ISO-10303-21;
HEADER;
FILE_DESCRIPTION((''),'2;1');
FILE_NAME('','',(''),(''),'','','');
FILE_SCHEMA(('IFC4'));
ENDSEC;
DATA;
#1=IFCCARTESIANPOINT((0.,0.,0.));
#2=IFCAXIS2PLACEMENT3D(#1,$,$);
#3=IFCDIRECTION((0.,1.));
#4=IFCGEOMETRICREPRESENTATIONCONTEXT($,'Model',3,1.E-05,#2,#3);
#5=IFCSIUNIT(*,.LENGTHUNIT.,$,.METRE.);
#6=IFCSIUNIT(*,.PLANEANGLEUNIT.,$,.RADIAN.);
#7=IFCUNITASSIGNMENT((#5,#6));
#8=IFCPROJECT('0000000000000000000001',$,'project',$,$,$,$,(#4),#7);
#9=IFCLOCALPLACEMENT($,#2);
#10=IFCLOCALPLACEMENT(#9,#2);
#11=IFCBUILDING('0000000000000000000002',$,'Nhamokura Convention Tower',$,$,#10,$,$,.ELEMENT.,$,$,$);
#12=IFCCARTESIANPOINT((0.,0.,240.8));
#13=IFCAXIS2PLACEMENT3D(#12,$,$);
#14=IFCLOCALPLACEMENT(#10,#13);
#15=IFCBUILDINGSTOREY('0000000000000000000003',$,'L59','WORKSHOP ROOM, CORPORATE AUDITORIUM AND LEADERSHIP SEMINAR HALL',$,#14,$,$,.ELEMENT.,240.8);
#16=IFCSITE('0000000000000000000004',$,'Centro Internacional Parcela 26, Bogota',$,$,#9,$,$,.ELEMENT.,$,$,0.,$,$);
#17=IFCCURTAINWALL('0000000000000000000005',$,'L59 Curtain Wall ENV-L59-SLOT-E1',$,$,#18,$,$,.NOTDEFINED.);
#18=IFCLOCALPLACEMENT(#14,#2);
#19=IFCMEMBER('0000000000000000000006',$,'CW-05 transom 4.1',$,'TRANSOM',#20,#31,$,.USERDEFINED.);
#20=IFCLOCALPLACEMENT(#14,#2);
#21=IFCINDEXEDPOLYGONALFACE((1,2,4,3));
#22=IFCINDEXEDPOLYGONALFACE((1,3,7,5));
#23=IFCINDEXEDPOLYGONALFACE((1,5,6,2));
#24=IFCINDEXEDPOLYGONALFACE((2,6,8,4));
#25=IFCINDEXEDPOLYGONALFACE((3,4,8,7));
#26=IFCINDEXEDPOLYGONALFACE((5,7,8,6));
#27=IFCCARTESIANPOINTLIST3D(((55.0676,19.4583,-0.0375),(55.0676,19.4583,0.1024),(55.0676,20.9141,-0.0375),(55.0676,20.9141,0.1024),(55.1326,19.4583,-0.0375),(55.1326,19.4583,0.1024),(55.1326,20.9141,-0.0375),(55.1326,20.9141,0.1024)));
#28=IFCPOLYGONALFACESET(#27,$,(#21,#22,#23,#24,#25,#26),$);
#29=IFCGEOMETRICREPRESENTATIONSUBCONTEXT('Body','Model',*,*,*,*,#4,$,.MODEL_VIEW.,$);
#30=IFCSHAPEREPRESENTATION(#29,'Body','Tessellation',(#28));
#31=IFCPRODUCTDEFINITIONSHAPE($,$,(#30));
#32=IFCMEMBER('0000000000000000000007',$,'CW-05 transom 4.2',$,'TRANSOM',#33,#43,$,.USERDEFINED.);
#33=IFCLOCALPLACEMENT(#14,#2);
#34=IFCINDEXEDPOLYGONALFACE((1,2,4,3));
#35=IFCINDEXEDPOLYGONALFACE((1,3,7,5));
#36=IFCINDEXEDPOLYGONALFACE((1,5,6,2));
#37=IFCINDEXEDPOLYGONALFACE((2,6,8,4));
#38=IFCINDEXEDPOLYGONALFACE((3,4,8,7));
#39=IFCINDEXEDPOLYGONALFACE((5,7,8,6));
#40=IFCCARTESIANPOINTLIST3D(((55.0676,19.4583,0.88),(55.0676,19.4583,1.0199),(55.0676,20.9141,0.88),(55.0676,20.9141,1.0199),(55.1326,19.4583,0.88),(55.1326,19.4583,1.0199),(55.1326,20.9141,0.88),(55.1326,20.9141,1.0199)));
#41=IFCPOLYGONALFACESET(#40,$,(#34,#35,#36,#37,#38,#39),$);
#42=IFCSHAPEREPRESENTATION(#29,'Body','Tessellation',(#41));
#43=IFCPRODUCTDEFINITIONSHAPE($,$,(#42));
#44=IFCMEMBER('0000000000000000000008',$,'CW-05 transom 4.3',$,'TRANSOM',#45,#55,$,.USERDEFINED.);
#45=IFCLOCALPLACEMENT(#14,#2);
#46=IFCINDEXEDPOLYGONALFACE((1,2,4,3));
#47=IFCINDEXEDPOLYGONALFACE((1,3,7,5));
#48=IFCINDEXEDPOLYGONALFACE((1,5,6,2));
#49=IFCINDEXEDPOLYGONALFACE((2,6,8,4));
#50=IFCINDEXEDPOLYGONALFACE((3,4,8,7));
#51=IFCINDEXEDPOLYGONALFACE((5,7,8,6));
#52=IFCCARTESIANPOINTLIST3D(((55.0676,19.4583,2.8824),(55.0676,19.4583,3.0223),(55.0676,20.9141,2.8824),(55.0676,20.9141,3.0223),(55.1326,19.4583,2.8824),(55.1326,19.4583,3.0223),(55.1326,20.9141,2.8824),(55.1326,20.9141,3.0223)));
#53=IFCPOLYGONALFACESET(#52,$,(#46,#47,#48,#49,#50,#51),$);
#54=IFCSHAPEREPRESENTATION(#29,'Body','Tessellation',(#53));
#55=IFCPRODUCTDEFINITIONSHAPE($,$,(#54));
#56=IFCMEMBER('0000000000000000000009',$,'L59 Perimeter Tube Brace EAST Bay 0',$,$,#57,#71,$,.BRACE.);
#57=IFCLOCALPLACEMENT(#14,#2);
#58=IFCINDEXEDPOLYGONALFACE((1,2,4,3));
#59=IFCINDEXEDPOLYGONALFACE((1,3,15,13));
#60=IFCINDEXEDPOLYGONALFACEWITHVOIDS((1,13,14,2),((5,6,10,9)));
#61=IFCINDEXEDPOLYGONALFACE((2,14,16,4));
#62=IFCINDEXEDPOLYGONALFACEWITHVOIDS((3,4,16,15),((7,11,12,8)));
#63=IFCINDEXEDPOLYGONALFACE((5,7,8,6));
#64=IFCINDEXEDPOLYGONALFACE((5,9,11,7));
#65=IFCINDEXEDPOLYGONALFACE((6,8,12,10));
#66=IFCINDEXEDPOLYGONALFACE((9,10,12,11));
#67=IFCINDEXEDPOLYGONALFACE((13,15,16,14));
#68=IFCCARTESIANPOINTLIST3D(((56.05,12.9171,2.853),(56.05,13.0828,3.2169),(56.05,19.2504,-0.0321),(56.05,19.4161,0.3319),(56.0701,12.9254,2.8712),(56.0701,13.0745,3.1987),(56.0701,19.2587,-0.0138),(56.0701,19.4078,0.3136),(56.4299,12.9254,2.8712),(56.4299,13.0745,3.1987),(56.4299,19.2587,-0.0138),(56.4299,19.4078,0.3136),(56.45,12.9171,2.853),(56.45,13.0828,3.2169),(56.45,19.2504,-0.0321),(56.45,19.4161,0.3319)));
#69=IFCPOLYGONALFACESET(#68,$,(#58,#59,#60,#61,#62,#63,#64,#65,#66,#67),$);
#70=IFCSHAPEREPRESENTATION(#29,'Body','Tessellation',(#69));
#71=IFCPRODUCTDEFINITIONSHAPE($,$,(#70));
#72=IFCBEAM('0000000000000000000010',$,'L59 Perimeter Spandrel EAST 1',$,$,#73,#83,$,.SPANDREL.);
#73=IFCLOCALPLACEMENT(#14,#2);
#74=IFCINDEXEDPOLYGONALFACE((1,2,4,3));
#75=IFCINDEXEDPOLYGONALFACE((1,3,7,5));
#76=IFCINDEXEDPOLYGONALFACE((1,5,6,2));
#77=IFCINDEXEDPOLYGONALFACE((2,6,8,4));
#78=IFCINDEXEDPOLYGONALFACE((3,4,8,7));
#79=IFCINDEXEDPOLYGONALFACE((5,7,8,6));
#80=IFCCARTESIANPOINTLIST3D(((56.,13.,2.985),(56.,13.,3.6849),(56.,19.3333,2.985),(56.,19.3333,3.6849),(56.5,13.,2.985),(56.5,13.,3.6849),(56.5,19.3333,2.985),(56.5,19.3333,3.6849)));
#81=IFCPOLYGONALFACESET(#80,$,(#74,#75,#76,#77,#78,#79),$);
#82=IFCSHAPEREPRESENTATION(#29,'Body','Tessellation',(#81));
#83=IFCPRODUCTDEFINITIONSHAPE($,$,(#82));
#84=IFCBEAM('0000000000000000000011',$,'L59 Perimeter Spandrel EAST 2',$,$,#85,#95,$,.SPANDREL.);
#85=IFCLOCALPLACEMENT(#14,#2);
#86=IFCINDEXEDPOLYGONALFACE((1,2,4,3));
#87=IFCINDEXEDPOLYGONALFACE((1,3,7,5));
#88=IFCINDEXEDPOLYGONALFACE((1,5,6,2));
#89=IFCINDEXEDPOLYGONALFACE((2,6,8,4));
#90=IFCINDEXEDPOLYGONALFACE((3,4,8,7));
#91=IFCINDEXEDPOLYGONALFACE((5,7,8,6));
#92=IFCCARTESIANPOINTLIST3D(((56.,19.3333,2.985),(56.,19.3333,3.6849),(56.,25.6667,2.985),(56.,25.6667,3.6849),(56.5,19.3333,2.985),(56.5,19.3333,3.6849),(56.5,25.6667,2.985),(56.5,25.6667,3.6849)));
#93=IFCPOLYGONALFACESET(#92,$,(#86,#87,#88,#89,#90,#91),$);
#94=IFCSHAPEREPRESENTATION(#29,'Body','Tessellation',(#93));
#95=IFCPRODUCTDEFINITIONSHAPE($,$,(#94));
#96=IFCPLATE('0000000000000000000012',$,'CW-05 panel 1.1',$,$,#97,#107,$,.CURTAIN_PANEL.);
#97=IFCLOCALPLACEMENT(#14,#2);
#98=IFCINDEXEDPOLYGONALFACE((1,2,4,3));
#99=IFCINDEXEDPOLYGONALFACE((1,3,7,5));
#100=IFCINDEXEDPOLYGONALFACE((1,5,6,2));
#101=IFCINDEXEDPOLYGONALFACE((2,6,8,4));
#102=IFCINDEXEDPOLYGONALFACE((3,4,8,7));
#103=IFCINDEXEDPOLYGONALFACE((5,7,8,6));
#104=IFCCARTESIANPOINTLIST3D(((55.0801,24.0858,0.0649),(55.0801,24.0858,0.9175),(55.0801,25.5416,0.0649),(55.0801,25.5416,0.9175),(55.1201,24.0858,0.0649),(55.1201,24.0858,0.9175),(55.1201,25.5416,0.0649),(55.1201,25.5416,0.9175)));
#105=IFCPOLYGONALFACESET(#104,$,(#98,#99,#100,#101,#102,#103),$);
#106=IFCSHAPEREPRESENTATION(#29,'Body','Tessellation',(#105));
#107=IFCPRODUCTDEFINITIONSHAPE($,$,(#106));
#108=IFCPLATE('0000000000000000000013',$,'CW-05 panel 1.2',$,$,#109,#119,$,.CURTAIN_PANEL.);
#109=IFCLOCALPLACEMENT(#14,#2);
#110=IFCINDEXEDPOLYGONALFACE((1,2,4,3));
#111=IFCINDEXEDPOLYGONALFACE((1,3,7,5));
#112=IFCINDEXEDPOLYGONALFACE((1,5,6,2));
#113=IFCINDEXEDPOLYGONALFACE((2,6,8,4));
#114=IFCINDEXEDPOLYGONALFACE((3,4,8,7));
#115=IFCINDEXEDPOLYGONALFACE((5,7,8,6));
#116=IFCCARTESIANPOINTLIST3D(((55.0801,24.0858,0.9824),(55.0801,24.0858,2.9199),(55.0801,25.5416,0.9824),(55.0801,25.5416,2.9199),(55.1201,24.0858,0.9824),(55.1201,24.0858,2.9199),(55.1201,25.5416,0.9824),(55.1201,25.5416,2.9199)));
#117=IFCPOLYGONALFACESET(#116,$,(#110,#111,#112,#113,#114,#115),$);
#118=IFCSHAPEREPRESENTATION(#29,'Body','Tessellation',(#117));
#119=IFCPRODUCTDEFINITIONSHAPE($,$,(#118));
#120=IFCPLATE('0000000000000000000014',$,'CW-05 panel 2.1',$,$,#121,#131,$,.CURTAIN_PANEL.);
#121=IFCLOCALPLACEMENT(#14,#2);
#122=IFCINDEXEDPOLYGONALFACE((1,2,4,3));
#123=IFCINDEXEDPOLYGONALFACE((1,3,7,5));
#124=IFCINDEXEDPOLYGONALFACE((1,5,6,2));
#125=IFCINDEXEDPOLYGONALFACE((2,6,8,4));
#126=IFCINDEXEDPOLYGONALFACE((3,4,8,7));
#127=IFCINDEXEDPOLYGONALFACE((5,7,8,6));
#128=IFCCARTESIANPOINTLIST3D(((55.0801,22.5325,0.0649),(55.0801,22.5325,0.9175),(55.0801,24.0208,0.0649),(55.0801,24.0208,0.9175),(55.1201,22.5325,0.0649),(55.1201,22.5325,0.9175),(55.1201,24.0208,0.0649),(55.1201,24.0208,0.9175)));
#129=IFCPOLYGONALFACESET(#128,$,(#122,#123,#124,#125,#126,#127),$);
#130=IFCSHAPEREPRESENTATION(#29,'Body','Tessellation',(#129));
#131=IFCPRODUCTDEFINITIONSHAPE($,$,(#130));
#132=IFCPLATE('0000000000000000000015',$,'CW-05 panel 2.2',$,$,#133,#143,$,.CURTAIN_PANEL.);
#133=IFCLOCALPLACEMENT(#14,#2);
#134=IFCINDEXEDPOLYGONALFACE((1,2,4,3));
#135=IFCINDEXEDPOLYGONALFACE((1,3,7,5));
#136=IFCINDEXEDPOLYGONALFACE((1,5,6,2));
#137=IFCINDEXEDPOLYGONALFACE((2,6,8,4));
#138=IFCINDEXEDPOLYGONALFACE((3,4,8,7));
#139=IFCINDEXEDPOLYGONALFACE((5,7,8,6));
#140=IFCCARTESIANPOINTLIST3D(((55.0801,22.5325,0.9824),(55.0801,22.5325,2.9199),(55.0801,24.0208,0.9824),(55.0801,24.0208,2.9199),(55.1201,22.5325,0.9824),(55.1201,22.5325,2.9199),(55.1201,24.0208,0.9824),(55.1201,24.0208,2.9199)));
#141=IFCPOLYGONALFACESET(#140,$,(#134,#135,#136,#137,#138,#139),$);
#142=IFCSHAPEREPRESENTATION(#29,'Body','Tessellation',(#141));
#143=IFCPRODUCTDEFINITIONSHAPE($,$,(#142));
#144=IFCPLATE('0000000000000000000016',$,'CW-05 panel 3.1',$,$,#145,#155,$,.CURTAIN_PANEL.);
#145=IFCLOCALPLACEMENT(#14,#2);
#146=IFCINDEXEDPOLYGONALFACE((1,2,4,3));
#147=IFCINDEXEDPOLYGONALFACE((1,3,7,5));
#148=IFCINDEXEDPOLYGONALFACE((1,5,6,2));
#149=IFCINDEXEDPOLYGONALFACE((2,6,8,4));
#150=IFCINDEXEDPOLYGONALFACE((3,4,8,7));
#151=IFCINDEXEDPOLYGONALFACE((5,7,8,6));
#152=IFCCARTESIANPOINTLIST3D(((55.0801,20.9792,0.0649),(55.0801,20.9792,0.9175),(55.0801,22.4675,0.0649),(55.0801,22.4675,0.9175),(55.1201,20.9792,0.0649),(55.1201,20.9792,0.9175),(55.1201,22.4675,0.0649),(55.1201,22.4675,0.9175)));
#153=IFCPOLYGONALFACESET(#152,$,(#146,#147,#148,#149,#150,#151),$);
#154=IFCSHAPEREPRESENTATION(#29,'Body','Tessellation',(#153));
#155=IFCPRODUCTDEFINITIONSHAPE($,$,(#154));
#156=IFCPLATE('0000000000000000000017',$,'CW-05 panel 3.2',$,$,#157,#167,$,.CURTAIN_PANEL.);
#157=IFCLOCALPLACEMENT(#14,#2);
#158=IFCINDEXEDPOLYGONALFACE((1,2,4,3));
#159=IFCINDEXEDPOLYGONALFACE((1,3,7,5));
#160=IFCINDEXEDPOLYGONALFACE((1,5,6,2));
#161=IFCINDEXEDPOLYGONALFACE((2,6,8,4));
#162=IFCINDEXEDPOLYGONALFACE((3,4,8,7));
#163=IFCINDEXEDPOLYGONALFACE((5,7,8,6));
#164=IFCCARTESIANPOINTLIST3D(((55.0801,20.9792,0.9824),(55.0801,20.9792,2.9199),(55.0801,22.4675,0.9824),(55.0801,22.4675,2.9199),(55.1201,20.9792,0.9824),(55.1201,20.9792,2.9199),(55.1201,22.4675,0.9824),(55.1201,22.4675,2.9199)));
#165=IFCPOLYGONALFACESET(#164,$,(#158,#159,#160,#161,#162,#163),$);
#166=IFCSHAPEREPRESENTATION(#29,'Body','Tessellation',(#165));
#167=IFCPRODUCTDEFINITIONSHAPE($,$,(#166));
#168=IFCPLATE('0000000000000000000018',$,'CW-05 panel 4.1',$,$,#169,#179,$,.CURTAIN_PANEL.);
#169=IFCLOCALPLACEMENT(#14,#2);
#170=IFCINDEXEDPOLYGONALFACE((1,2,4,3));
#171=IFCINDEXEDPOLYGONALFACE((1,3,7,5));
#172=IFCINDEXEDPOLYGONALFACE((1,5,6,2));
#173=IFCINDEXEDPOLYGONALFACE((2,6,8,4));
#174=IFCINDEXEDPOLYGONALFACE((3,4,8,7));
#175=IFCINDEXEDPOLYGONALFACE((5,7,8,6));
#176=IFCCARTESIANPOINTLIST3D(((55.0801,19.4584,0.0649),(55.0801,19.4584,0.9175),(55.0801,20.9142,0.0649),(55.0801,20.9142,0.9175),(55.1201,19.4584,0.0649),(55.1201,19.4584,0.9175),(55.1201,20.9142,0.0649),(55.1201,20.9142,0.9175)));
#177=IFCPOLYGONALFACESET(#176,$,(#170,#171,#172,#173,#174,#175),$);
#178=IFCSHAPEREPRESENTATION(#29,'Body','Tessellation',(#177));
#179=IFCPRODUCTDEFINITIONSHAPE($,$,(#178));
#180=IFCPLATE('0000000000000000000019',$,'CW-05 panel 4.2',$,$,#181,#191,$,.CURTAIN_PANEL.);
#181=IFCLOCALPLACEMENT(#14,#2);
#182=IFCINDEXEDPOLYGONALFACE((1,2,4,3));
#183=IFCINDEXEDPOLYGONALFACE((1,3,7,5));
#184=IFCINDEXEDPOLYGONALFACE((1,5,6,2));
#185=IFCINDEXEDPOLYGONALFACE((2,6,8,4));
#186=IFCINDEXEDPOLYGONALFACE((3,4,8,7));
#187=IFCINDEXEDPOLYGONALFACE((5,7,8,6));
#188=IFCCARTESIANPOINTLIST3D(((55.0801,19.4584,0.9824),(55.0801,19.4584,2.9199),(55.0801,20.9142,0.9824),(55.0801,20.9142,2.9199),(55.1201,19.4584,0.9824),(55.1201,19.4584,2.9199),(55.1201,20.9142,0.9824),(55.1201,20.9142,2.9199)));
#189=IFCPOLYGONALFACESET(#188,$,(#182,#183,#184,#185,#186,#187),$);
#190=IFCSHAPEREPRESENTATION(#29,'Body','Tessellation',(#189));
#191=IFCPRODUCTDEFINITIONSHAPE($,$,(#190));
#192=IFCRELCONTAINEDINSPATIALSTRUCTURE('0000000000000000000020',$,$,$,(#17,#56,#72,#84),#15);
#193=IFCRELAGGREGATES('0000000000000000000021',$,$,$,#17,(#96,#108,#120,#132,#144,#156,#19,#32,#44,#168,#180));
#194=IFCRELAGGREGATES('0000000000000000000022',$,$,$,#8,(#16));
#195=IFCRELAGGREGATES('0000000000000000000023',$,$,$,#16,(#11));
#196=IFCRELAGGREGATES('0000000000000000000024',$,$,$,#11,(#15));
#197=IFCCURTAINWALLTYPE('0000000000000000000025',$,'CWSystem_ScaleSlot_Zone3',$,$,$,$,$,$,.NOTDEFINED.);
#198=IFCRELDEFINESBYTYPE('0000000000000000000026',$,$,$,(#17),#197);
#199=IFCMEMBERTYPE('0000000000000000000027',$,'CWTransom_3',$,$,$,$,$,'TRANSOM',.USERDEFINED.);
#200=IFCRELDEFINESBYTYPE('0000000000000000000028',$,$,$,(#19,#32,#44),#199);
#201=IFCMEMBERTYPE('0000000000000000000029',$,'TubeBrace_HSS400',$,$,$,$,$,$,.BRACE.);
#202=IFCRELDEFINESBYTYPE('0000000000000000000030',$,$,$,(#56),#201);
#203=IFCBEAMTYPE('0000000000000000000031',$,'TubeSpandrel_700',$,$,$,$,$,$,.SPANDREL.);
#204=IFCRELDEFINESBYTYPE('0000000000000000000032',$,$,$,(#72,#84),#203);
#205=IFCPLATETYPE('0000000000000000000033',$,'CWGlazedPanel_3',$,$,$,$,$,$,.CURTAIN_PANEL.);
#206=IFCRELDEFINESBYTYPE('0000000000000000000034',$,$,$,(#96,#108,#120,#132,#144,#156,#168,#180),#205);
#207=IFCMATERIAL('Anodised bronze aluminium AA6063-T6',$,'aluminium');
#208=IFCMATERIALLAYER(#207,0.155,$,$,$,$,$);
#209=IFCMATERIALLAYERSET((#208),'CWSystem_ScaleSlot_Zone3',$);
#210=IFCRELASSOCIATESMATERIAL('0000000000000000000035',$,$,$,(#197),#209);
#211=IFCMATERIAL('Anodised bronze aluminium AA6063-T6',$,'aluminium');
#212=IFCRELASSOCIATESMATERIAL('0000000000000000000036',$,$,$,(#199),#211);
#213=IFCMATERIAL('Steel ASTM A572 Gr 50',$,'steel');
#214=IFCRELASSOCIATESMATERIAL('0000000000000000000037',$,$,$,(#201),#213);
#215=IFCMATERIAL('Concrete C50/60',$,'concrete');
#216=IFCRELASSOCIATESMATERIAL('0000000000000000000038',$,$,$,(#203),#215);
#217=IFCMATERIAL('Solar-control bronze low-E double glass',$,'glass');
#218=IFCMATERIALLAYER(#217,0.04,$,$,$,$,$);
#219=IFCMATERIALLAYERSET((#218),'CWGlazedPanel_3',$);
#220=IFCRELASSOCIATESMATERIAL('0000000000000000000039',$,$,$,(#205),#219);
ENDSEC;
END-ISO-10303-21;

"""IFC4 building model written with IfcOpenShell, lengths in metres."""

from ifc_helpers import new_model, si_unit, direction, frame, origin, origin_2d, place, context, subcontext, project, spatial, rectangle, hollow_rectangle, extrude, material, layer, layer_set, material_profile, profile_set, type_object, element, aggregate, save


model = new_model("IFC4")

# Units and contexts
model_context = context("Model", 3, precision=1e-05, world=origin(), true_north=direction((0.0, 1.0)))
body_context = subcontext(model_context, "Body", "Model", "MODEL_VIEW")
ifc_project = project(units=[si_unit("LENGTHUNIT", "METRE"), si_unit("PLANEANGLEUNIT", "RADIAN")], contexts=[model_context])

# Site, building, storey
site_placement = place(None, origin())
site = spatial("IfcSite", under=ifc_project, at=site_placement, Name="Centro Internacional Parcela 26, Bogota", CompositionType="ELEMENT", RefElevation=0.0)
building_placement = place(site_placement, origin())
building = spatial("IfcBuilding", under=site, at=building_placement, Name="Nhamokura Convention Tower", CompositionType="ELEMENT")
storey_placement = place(building_placement, frame((0.0, 0.0, 240.8)))
storey = spatial("IfcBuildingStorey", under=building, at=storey_placement, Name="L59", Description="WORKSHOP ROOM, CORPORATE AUDITORIUM AND LEADERSHIP SEMINAR HALL", CompositionType="ELEMENT", Elevation=240.8)

# Curtain wall, members
ifc_material_1 = material(Name="Anodised bronze aluminium AA6063-T6", Category="aluminium")
ifc_layer_1 = layer(ifc_material_1, 0.155)
ifc_layer_set_1 = layer_set([ifc_layer_1], Name="CWSystem_ScaleSlot_Zone3")
curtain_wall_type = type_object("IfcCurtainWallType", Name="CWSystem_ScaleSlot_Zone3", PredefinedType="NOTDEFINED", material=ifc_layer_set_1)
curtain_wall_placement = place(storey_placement, origin())
curtain_wall = element("IfcCurtainWall", 1, at=curtain_wall_placement, inside=storey, type_object=curtain_wall_type, Name="L59 Curtain Wall ENV-L59-SLOT-E1", PredefinedType="NOTDEFINED")
ifc_material_2 = material(Name="Anodised bronze aluminium AA6063-T6", Category="aluminium")
ifc_material_profile_1 = material_profile(ifc_material_2, rectangle(XDim=0.0649, YDim=0.1399, at=origin_2d()))
ifc_profile_set_1 = profile_set([ifc_material_profile_1], Name="Anodised bronze aluminium AA6063-T6")
member_type_1 = type_object("IfcMemberType", Name="CWTransom_3", ElementType="TRANSOM", PredefinedType="USERDEFINED", material=ifc_profile_set_1)
member_1_placement = place(storey_placement, frame((55.1001, 20.9141, 0.0325), z_axis=(0.0, -1.0, 0.0), x_axis=(1.0, 0.0, 0.0)))
member_1 = element("IfcMember", 2, at=member_1_placement, type_object=member_type_1, Name="CW-05 transom 4.1", ObjectType="TRANSOM", PredefinedType="USERDEFINED", context=body_context, shape_type="SweptSolid", body=[
    extrude(rectangle(XDim=0.0649, YDim=0.1399, at=origin_2d()), origin(), (0.0, 0.0, 1.0), 1.4558),
])
member_2_placement = place(storey_placement, frame((55.1001, 20.9141, 0.95), z_axis=(0.0, -1.0, 0.0), x_axis=(1.0, 0.0, 0.0)))
member_2 = element("IfcMember", 3, at=member_2_placement, type_object=member_type_1, Name="CW-05 transom 4.2", ObjectType="TRANSOM", PredefinedType="USERDEFINED", context=body_context, shape_type="SweptSolid", body=[
    extrude(rectangle(XDim=0.0649, YDim=0.1399, at=origin_2d()), origin(), (0.0, 0.0, 1.0), 1.4558),
])
member_3_placement = place(storey_placement, frame((55.1001, 20.9141, 2.9524), z_axis=(0.0, -1.0, 0.0), x_axis=(1.0, 0.0, 0.0)))
member_3 = element("IfcMember", 4, at=member_3_placement, type_object=member_type_1, Name="CW-05 transom 4.3", ObjectType="TRANSOM", PredefinedType="USERDEFINED", context=body_context, shape_type="SweptSolid", body=[
    extrude(rectangle(XDim=0.0649, YDim=0.1399, at=origin_2d()), origin(), (0.0, 0.0, 1.0), 1.4558),
])

# Member
ifc_material_3 = material(Name="Steel ASTM A572 Gr 50", Category="steel")
ifc_material_profile_2 = material_profile(ifc_material_3, hollow_rectangle(XDim=0.3999, YDim=0.3999, WallThickness=0.02, at=origin_2d()))
ifc_profile_set_2 = profile_set([ifc_material_profile_2], Name="Steel ASTM A572 Gr 50")
member_type_2 = type_object("IfcMemberType", Name="TubeBrace_HSS400", PredefinedType="BRACE", material=ifc_profile_set_2)
member_4_placement = place(storey_placement, frame((56.25, 19.3333, 0.1499), z_axis=(0.0, -0.910027, 0.414548), x_axis=(1.0, 0.0, 0.0)))
element("IfcMember", 5, at=member_4_placement, inside=storey, type_object=member_type_2, Name="L59 Perimeter Tube Brace EAST Bay 0", PredefinedType="BRACE", context=body_context, shape_type="SweptSolid", body=[
    extrude(hollow_rectangle(XDim=0.3999, YDim=0.3999, WallThickness=0.02, at=origin_2d()), origin(), (0.0, 0.0, 1.0), 6.9595),
])

# Beams
ifc_material_4 = material(Name="Concrete C50/60", Category="concrete")
ifc_material_profile_3 = material_profile(ifc_material_4, rectangle(XDim=0.5, YDim=0.7, at=origin_2d()))
ifc_profile_set_3 = profile_set([ifc_material_profile_3], Name="Concrete C50/60")
beam_type = type_object("IfcBeamType", Name="TubeSpandrel_700", PredefinedType="SPANDREL", material=ifc_profile_set_3)
beam_1_placement = place(storey_placement, frame((56.25, 13.0, 3.335), z_axis=(0.0, 1.0, 0.0), x_axis=(-1.0, 0.0, 0.0)))
element("IfcBeam", 6, at=beam_1_placement, inside=storey, type_object=beam_type, Name="L59 Perimeter Spandrel EAST 1", PredefinedType="SPANDREL", context=body_context, shape_type="SweptSolid", body=[
    extrude(rectangle(XDim=0.5, YDim=0.7, at=origin_2d()), origin(), (0.0, 0.0, 1.0), 6.3333),
])
beam_2_placement = place(storey_placement, frame((56.25, 19.3333, 3.335), z_axis=(0.0, 1.0, 0.0), x_axis=(-1.0, 0.0, 0.0)))
element("IfcBeam", 7, at=beam_2_placement, inside=storey, type_object=beam_type, Name="L59 Perimeter Spandrel EAST 2", PredefinedType="SPANDREL", context=body_context, shape_type="SweptSolid", body=[
    extrude(rectangle(XDim=0.5, YDim=0.7, at=origin_2d()), origin(), (0.0, 0.0, 1.0), 6.3335),
])

# Plates
ifc_material_5 = material(Name="Solar-control bronze low-E double glass", Category="glass")
ifc_layer_2 = layer(ifc_material_5, 0.04)
ifc_layer_set_2 = layer_set([ifc_layer_2], Name="CWGlazedPanel_3")
plate_type = type_object("IfcPlateType", Name="CWGlazedPanel_3", PredefinedType="CURTAIN_PANEL", material=ifc_layer_set_2)
plate_1_placement = place(storey_placement, frame((55.1001, 24.8137, 0.0649), z_axis=(0.0, 0.0, 1.0), x_axis=(0.0, -1.0, 0.0)))
plate_1 = element("IfcPlate", 8, at=plate_1_placement, type_object=plate_type, Name="CW-05 panel 1.1", PredefinedType="CURTAIN_PANEL", context=body_context, shape_type="SweptSolid", body=[
    extrude(rectangle(XDim=1.4558, YDim=0.04, at=origin_2d()), origin(), (0.0, 0.0, 1.0), 0.8525),
])
plate_2_placement = place(storey_placement, frame((55.1001, 24.8137, 0.9824), z_axis=(0.0, 0.0, 1.0), x_axis=(0.0, -1.0, 0.0)))
plate_2 = element("IfcPlate", 9, at=plate_2_placement, type_object=plate_type, Name="CW-05 panel 1.2", PredefinedType="CURTAIN_PANEL", context=body_context, shape_type="SweptSolid", body=[
    extrude(rectangle(XDim=1.4558, YDim=0.04, at=origin_2d()), origin(), (0.0, 0.0, 1.0), 1.9375),
])
plate_3_placement = place(storey_placement, frame((55.1001, 23.2766, 0.0649), z_axis=(0.0, 0.0, 1.0), x_axis=(0.0, -1.0, 0.0)))
plate_3 = element("IfcPlate", 10, at=plate_3_placement, type_object=plate_type, Name="CW-05 panel 2.1", PredefinedType="CURTAIN_PANEL", context=body_context, shape_type="SweptSolid", body=[
    extrude(rectangle(XDim=1.4883, YDim=0.04, at=origin_2d()), origin(), (0.0, 0.0, 1.0), 0.8525),
])
plate_4_placement = place(storey_placement, frame((55.1001, 23.2766, 0.9824), z_axis=(0.0, 0.0, 1.0), x_axis=(0.0, -1.0, 0.0)))
plate_4 = element("IfcPlate", 11, at=plate_4_placement, type_object=plate_type, Name="CW-05 panel 2.2", PredefinedType="CURTAIN_PANEL", context=body_context, shape_type="SweptSolid", body=[
    extrude(rectangle(XDim=1.4883, YDim=0.04, at=origin_2d()), origin(), (0.0, 0.0, 1.0), 1.9375),
])
plate_5_placement = place(storey_placement, frame((55.1001, 21.7234, 0.0649), z_axis=(0.0, 0.0, 1.0), x_axis=(0.0, -1.0, 0.0)))
plate_5 = element("IfcPlate", 12, at=plate_5_placement, type_object=plate_type, Name="CW-05 panel 3.1", PredefinedType="CURTAIN_PANEL", context=body_context, shape_type="SweptSolid", body=[
    extrude(rectangle(XDim=1.4883, YDim=0.04, at=origin_2d()), origin(), (0.0, 0.0, 1.0), 0.8525),
])
plate_6_placement = place(storey_placement, frame((55.1001, 21.7234, 0.9824), z_axis=(0.0, 0.0, 1.0), x_axis=(0.0, -1.0, 0.0)))
plate_6 = element("IfcPlate", 13, at=plate_6_placement, type_object=plate_type, Name="CW-05 panel 3.2", PredefinedType="CURTAIN_PANEL", context=body_context, shape_type="SweptSolid", body=[
    extrude(rectangle(XDim=1.4883, YDim=0.04, at=origin_2d()), origin(), (0.0, 0.0, 1.0), 1.9375),
])
plate_7_placement = place(storey_placement, frame((55.1001, 20.1863, 0.0649), z_axis=(0.0, 0.0, 1.0), x_axis=(0.0, -1.0, 0.0)))
plate_7 = element("IfcPlate", 14, at=plate_7_placement, type_object=plate_type, Name="CW-05 panel 4.1", PredefinedType="CURTAIN_PANEL", context=body_context, shape_type="SweptSolid", body=[
    extrude(rectangle(XDim=1.4558, YDim=0.04, at=origin_2d()), origin(), (0.0, 0.0, 1.0), 0.8525),
])
plate_8_placement = place(storey_placement, frame((55.1001, 20.1863, 0.9824), z_axis=(0.0, 0.0, 1.0), x_axis=(0.0, -1.0, 0.0)))
plate_8 = element("IfcPlate", 15, at=plate_8_placement, type_object=plate_type, Name="CW-05 panel 4.2", PredefinedType="CURTAIN_PANEL", context=body_context, shape_type="SweptSolid", body=[
    extrude(rectangle(XDim=1.4558, YDim=0.04, at=origin_2d()), origin(), (0.0, 0.0, 1.0), 1.9375),
])
aggregate(curtain_wall, [plate_1, plate_2, plate_3, plate_4, plate_5, plate_6, member_1, member_2, member_3, plate_7, plate_8])

save(model, "model.ifc")
